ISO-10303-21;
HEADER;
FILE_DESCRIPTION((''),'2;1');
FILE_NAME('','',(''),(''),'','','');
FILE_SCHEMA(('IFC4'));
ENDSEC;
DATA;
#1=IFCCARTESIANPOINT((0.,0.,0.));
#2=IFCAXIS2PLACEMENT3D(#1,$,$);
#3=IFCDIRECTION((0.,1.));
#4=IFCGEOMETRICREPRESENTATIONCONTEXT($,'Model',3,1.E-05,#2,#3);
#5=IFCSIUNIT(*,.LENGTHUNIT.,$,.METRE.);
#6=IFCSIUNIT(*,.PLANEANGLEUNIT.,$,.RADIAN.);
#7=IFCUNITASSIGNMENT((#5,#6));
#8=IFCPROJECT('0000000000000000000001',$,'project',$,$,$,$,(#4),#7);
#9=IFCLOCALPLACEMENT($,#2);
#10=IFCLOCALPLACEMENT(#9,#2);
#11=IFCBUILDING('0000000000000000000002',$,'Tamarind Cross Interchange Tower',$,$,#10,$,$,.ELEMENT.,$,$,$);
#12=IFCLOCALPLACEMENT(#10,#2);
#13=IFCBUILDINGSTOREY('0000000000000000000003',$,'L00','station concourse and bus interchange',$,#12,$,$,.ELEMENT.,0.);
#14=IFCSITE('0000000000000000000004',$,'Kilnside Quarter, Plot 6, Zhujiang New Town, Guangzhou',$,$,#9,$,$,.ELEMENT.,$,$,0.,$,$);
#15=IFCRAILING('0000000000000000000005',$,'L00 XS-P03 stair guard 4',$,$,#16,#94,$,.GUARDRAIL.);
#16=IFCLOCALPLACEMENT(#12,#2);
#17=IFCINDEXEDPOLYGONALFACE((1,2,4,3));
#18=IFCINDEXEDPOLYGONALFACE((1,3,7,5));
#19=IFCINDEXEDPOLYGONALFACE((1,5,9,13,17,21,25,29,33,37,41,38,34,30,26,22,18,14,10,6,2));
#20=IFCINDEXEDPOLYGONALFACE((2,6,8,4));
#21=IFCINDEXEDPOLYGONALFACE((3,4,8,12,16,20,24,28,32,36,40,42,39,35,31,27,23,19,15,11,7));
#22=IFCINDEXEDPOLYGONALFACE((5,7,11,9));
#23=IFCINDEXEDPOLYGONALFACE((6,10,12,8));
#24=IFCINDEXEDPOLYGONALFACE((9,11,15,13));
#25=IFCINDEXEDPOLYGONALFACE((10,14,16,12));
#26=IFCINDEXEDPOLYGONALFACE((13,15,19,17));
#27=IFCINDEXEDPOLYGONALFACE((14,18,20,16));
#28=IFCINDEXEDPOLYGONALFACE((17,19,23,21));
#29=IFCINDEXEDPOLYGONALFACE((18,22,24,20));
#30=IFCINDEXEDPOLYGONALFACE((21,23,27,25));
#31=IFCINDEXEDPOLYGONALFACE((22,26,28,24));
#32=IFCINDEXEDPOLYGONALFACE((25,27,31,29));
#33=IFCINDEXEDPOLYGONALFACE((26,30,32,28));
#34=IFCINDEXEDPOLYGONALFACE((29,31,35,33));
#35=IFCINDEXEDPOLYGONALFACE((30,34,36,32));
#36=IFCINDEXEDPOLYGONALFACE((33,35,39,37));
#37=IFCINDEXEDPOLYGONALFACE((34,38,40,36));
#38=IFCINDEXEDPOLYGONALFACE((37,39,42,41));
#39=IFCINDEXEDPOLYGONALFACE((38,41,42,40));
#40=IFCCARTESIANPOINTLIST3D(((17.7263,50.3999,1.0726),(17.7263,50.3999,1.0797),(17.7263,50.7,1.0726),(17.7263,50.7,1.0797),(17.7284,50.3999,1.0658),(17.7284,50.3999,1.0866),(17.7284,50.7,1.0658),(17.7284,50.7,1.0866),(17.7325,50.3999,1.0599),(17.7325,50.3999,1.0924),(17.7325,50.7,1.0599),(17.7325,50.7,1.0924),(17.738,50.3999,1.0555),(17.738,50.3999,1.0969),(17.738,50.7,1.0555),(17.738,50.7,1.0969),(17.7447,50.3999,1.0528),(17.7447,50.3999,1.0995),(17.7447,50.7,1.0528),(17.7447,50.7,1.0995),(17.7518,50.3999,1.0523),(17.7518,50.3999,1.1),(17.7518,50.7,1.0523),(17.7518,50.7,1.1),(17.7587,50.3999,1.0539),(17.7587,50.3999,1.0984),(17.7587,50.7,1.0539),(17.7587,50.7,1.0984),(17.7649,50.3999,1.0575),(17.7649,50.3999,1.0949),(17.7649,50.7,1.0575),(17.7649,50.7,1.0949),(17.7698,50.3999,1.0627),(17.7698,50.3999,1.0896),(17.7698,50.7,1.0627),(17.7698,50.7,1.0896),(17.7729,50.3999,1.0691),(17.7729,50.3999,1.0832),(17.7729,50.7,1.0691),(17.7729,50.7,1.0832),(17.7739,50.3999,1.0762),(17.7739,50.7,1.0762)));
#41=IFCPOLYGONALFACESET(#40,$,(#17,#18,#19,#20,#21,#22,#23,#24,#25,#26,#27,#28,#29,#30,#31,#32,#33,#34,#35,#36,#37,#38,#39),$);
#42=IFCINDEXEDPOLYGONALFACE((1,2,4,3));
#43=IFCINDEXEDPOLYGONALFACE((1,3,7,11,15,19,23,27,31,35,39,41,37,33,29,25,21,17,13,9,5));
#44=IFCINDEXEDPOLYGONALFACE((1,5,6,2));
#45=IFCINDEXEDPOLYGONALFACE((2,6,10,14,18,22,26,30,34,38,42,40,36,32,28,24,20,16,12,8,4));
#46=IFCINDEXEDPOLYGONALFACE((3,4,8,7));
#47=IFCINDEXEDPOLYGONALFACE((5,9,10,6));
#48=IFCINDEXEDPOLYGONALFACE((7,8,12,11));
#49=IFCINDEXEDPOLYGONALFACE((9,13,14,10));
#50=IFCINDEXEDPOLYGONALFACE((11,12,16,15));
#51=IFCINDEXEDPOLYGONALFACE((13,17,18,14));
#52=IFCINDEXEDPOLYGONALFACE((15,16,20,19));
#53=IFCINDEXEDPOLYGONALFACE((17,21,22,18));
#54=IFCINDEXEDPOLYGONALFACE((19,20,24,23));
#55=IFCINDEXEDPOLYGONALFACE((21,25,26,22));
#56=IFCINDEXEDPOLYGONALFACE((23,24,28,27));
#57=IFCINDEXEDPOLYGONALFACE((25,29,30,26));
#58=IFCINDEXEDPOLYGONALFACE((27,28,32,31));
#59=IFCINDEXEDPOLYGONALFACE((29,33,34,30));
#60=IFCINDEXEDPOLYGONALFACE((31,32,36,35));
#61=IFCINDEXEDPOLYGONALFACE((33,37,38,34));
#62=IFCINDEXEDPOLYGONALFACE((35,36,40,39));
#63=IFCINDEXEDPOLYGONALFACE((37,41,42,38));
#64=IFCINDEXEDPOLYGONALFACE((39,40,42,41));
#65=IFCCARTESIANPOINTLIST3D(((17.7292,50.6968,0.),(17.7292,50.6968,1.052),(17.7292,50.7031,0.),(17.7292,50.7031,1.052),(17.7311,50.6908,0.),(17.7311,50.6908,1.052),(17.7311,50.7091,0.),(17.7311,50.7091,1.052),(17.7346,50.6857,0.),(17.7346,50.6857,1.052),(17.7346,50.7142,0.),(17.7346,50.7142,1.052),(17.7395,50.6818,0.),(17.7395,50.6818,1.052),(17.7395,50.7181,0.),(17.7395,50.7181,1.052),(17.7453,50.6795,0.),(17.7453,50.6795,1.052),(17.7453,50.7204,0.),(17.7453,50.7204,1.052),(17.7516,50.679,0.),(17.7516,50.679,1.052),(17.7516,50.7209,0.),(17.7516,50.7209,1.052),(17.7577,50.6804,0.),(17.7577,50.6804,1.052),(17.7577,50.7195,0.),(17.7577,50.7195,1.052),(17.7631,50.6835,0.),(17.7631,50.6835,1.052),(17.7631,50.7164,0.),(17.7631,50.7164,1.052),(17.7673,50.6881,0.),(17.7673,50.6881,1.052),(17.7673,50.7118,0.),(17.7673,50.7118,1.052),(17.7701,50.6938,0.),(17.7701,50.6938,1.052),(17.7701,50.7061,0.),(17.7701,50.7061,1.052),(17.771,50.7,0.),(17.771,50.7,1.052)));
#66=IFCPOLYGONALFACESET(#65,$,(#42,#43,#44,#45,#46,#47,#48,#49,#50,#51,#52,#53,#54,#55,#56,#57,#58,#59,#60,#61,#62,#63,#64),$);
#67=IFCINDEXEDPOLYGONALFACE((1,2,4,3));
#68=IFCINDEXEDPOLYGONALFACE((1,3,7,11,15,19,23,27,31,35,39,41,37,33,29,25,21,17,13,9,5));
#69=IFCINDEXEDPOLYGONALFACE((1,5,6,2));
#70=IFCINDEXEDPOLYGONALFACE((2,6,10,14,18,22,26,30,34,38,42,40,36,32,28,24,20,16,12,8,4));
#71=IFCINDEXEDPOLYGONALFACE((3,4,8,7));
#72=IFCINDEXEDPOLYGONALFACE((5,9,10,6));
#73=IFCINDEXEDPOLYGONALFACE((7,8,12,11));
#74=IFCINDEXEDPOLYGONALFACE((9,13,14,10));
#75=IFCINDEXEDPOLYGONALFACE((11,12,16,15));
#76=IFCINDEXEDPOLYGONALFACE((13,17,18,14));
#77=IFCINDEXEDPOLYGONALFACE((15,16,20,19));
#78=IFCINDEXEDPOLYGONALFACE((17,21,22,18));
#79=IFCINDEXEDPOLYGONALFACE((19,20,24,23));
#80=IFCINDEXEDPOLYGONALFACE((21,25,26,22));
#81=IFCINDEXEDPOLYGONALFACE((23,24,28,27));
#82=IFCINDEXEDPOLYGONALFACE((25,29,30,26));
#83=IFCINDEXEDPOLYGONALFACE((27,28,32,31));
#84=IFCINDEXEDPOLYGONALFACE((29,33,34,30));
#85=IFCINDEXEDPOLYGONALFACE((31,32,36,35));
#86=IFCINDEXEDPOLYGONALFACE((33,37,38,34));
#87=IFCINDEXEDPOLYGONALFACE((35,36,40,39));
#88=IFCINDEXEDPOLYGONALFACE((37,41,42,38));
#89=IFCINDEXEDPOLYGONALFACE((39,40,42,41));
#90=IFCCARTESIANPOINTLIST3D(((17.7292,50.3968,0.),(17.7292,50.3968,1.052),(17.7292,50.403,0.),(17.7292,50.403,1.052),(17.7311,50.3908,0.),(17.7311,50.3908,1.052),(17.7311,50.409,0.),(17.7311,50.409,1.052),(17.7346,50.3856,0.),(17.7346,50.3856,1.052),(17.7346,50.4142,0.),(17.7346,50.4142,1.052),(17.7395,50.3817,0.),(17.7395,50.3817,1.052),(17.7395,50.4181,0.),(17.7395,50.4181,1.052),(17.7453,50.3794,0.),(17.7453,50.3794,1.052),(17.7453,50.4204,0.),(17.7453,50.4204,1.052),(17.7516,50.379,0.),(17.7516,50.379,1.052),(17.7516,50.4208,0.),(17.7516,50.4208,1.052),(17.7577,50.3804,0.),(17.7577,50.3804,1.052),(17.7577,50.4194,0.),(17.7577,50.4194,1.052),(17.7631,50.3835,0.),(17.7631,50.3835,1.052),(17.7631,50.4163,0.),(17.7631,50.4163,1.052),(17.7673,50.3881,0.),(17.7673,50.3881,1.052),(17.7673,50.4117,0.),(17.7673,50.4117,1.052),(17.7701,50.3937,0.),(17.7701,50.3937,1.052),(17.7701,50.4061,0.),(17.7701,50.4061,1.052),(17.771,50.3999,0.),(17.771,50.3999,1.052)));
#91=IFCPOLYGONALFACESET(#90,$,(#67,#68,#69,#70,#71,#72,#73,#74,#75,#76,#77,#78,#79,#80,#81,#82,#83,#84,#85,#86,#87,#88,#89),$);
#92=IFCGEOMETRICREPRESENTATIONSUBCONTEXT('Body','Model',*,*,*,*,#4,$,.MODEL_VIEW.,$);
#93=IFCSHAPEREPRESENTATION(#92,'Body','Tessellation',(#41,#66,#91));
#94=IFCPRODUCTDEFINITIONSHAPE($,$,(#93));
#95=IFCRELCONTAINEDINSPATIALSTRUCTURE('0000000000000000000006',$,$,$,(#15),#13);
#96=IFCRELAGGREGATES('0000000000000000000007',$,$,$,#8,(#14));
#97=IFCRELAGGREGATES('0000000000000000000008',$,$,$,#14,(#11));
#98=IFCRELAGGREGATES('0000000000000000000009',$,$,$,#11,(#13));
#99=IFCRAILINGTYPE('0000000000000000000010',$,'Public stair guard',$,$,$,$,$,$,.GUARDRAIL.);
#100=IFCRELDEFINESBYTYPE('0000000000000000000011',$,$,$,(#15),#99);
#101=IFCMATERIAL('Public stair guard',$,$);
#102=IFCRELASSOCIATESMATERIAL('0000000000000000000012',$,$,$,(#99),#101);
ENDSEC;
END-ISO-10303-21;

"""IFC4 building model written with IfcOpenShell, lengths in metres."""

from ifc_helpers import new_model, si_unit, direction, frame, origin, origin_2d, place, context, subcontext, project, spatial, circle, extrude, material, type_object, element, save


model = new_model("IFC4")

# Units and contexts
model_context = context("Model", 3, precision=1e-05, world=origin(), true_north=direction((0.0, 1.0)))
body_context = subcontext(model_context, "Body", "Model", "MODEL_VIEW")
ifc_project = project(units=[si_unit("LENGTHUNIT", "METRE"), si_unit("PLANEANGLEUNIT", "RADIAN")], contexts=[model_context])

# Site, building, storey
site_placement = place(None, origin())
site = spatial("IfcSite", under=ifc_project, at=site_placement, Name="Kilnside Quarter, Plot 6, Zhujiang New Town, Guangzhou", CompositionType="ELEMENT", RefElevation=0.0)
building_placement = place(site_placement, origin())
building = spatial("IfcBuilding", under=site, at=building_placement, Name="Tamarind Cross Interchange Tower", CompositionType="ELEMENT")
storey_placement = place(building_placement, origin())
storey = spatial("IfcBuildingStorey", under=building, at=storey_placement, Name="L00", Description="station concourse and bus interchange", CompositionType="ELEMENT", Elevation=0.0)

# Railing
ifc_material_1 = material(Name="Public stair guard")
railing_type_1 = type_object("IfcRailingType", Name="Public stair guard", PredefinedType="GUARDRAIL", material=ifc_material_1)
railing_1_placement = place(storey_placement, frame((17.75, 50.7, 0.0)))
element("IfcRailing", 1, at=railing_1_placement, inside=storey, type_object=railing_type_1, Name="L00 XS-P03 stair guard 4", PredefinedType="GUARDRAIL", context=body_context, shape_type="SweptSolid", body=[
    extrude(circle(Radius=0.0239, at=origin_2d()), frame((0.0, 0.0, 1.0762), z_axis=(0.0, -1.0, 0.0), x_axis=(1.0, 0.0, 0.0)), (0.0, 0.0, 1.0), 0.3),
    extrude(circle(Radius=0.021, at=origin_2d()), origin(), (0.0, 0.0, 1.0), 1.052),
    extrude(circle(Radius=0.021, at=origin_2d()), frame((0.0, -0.3, 0.0)), (0.0, 0.0, 1.0), 1.052),
])

save(model, "model.ifc")
